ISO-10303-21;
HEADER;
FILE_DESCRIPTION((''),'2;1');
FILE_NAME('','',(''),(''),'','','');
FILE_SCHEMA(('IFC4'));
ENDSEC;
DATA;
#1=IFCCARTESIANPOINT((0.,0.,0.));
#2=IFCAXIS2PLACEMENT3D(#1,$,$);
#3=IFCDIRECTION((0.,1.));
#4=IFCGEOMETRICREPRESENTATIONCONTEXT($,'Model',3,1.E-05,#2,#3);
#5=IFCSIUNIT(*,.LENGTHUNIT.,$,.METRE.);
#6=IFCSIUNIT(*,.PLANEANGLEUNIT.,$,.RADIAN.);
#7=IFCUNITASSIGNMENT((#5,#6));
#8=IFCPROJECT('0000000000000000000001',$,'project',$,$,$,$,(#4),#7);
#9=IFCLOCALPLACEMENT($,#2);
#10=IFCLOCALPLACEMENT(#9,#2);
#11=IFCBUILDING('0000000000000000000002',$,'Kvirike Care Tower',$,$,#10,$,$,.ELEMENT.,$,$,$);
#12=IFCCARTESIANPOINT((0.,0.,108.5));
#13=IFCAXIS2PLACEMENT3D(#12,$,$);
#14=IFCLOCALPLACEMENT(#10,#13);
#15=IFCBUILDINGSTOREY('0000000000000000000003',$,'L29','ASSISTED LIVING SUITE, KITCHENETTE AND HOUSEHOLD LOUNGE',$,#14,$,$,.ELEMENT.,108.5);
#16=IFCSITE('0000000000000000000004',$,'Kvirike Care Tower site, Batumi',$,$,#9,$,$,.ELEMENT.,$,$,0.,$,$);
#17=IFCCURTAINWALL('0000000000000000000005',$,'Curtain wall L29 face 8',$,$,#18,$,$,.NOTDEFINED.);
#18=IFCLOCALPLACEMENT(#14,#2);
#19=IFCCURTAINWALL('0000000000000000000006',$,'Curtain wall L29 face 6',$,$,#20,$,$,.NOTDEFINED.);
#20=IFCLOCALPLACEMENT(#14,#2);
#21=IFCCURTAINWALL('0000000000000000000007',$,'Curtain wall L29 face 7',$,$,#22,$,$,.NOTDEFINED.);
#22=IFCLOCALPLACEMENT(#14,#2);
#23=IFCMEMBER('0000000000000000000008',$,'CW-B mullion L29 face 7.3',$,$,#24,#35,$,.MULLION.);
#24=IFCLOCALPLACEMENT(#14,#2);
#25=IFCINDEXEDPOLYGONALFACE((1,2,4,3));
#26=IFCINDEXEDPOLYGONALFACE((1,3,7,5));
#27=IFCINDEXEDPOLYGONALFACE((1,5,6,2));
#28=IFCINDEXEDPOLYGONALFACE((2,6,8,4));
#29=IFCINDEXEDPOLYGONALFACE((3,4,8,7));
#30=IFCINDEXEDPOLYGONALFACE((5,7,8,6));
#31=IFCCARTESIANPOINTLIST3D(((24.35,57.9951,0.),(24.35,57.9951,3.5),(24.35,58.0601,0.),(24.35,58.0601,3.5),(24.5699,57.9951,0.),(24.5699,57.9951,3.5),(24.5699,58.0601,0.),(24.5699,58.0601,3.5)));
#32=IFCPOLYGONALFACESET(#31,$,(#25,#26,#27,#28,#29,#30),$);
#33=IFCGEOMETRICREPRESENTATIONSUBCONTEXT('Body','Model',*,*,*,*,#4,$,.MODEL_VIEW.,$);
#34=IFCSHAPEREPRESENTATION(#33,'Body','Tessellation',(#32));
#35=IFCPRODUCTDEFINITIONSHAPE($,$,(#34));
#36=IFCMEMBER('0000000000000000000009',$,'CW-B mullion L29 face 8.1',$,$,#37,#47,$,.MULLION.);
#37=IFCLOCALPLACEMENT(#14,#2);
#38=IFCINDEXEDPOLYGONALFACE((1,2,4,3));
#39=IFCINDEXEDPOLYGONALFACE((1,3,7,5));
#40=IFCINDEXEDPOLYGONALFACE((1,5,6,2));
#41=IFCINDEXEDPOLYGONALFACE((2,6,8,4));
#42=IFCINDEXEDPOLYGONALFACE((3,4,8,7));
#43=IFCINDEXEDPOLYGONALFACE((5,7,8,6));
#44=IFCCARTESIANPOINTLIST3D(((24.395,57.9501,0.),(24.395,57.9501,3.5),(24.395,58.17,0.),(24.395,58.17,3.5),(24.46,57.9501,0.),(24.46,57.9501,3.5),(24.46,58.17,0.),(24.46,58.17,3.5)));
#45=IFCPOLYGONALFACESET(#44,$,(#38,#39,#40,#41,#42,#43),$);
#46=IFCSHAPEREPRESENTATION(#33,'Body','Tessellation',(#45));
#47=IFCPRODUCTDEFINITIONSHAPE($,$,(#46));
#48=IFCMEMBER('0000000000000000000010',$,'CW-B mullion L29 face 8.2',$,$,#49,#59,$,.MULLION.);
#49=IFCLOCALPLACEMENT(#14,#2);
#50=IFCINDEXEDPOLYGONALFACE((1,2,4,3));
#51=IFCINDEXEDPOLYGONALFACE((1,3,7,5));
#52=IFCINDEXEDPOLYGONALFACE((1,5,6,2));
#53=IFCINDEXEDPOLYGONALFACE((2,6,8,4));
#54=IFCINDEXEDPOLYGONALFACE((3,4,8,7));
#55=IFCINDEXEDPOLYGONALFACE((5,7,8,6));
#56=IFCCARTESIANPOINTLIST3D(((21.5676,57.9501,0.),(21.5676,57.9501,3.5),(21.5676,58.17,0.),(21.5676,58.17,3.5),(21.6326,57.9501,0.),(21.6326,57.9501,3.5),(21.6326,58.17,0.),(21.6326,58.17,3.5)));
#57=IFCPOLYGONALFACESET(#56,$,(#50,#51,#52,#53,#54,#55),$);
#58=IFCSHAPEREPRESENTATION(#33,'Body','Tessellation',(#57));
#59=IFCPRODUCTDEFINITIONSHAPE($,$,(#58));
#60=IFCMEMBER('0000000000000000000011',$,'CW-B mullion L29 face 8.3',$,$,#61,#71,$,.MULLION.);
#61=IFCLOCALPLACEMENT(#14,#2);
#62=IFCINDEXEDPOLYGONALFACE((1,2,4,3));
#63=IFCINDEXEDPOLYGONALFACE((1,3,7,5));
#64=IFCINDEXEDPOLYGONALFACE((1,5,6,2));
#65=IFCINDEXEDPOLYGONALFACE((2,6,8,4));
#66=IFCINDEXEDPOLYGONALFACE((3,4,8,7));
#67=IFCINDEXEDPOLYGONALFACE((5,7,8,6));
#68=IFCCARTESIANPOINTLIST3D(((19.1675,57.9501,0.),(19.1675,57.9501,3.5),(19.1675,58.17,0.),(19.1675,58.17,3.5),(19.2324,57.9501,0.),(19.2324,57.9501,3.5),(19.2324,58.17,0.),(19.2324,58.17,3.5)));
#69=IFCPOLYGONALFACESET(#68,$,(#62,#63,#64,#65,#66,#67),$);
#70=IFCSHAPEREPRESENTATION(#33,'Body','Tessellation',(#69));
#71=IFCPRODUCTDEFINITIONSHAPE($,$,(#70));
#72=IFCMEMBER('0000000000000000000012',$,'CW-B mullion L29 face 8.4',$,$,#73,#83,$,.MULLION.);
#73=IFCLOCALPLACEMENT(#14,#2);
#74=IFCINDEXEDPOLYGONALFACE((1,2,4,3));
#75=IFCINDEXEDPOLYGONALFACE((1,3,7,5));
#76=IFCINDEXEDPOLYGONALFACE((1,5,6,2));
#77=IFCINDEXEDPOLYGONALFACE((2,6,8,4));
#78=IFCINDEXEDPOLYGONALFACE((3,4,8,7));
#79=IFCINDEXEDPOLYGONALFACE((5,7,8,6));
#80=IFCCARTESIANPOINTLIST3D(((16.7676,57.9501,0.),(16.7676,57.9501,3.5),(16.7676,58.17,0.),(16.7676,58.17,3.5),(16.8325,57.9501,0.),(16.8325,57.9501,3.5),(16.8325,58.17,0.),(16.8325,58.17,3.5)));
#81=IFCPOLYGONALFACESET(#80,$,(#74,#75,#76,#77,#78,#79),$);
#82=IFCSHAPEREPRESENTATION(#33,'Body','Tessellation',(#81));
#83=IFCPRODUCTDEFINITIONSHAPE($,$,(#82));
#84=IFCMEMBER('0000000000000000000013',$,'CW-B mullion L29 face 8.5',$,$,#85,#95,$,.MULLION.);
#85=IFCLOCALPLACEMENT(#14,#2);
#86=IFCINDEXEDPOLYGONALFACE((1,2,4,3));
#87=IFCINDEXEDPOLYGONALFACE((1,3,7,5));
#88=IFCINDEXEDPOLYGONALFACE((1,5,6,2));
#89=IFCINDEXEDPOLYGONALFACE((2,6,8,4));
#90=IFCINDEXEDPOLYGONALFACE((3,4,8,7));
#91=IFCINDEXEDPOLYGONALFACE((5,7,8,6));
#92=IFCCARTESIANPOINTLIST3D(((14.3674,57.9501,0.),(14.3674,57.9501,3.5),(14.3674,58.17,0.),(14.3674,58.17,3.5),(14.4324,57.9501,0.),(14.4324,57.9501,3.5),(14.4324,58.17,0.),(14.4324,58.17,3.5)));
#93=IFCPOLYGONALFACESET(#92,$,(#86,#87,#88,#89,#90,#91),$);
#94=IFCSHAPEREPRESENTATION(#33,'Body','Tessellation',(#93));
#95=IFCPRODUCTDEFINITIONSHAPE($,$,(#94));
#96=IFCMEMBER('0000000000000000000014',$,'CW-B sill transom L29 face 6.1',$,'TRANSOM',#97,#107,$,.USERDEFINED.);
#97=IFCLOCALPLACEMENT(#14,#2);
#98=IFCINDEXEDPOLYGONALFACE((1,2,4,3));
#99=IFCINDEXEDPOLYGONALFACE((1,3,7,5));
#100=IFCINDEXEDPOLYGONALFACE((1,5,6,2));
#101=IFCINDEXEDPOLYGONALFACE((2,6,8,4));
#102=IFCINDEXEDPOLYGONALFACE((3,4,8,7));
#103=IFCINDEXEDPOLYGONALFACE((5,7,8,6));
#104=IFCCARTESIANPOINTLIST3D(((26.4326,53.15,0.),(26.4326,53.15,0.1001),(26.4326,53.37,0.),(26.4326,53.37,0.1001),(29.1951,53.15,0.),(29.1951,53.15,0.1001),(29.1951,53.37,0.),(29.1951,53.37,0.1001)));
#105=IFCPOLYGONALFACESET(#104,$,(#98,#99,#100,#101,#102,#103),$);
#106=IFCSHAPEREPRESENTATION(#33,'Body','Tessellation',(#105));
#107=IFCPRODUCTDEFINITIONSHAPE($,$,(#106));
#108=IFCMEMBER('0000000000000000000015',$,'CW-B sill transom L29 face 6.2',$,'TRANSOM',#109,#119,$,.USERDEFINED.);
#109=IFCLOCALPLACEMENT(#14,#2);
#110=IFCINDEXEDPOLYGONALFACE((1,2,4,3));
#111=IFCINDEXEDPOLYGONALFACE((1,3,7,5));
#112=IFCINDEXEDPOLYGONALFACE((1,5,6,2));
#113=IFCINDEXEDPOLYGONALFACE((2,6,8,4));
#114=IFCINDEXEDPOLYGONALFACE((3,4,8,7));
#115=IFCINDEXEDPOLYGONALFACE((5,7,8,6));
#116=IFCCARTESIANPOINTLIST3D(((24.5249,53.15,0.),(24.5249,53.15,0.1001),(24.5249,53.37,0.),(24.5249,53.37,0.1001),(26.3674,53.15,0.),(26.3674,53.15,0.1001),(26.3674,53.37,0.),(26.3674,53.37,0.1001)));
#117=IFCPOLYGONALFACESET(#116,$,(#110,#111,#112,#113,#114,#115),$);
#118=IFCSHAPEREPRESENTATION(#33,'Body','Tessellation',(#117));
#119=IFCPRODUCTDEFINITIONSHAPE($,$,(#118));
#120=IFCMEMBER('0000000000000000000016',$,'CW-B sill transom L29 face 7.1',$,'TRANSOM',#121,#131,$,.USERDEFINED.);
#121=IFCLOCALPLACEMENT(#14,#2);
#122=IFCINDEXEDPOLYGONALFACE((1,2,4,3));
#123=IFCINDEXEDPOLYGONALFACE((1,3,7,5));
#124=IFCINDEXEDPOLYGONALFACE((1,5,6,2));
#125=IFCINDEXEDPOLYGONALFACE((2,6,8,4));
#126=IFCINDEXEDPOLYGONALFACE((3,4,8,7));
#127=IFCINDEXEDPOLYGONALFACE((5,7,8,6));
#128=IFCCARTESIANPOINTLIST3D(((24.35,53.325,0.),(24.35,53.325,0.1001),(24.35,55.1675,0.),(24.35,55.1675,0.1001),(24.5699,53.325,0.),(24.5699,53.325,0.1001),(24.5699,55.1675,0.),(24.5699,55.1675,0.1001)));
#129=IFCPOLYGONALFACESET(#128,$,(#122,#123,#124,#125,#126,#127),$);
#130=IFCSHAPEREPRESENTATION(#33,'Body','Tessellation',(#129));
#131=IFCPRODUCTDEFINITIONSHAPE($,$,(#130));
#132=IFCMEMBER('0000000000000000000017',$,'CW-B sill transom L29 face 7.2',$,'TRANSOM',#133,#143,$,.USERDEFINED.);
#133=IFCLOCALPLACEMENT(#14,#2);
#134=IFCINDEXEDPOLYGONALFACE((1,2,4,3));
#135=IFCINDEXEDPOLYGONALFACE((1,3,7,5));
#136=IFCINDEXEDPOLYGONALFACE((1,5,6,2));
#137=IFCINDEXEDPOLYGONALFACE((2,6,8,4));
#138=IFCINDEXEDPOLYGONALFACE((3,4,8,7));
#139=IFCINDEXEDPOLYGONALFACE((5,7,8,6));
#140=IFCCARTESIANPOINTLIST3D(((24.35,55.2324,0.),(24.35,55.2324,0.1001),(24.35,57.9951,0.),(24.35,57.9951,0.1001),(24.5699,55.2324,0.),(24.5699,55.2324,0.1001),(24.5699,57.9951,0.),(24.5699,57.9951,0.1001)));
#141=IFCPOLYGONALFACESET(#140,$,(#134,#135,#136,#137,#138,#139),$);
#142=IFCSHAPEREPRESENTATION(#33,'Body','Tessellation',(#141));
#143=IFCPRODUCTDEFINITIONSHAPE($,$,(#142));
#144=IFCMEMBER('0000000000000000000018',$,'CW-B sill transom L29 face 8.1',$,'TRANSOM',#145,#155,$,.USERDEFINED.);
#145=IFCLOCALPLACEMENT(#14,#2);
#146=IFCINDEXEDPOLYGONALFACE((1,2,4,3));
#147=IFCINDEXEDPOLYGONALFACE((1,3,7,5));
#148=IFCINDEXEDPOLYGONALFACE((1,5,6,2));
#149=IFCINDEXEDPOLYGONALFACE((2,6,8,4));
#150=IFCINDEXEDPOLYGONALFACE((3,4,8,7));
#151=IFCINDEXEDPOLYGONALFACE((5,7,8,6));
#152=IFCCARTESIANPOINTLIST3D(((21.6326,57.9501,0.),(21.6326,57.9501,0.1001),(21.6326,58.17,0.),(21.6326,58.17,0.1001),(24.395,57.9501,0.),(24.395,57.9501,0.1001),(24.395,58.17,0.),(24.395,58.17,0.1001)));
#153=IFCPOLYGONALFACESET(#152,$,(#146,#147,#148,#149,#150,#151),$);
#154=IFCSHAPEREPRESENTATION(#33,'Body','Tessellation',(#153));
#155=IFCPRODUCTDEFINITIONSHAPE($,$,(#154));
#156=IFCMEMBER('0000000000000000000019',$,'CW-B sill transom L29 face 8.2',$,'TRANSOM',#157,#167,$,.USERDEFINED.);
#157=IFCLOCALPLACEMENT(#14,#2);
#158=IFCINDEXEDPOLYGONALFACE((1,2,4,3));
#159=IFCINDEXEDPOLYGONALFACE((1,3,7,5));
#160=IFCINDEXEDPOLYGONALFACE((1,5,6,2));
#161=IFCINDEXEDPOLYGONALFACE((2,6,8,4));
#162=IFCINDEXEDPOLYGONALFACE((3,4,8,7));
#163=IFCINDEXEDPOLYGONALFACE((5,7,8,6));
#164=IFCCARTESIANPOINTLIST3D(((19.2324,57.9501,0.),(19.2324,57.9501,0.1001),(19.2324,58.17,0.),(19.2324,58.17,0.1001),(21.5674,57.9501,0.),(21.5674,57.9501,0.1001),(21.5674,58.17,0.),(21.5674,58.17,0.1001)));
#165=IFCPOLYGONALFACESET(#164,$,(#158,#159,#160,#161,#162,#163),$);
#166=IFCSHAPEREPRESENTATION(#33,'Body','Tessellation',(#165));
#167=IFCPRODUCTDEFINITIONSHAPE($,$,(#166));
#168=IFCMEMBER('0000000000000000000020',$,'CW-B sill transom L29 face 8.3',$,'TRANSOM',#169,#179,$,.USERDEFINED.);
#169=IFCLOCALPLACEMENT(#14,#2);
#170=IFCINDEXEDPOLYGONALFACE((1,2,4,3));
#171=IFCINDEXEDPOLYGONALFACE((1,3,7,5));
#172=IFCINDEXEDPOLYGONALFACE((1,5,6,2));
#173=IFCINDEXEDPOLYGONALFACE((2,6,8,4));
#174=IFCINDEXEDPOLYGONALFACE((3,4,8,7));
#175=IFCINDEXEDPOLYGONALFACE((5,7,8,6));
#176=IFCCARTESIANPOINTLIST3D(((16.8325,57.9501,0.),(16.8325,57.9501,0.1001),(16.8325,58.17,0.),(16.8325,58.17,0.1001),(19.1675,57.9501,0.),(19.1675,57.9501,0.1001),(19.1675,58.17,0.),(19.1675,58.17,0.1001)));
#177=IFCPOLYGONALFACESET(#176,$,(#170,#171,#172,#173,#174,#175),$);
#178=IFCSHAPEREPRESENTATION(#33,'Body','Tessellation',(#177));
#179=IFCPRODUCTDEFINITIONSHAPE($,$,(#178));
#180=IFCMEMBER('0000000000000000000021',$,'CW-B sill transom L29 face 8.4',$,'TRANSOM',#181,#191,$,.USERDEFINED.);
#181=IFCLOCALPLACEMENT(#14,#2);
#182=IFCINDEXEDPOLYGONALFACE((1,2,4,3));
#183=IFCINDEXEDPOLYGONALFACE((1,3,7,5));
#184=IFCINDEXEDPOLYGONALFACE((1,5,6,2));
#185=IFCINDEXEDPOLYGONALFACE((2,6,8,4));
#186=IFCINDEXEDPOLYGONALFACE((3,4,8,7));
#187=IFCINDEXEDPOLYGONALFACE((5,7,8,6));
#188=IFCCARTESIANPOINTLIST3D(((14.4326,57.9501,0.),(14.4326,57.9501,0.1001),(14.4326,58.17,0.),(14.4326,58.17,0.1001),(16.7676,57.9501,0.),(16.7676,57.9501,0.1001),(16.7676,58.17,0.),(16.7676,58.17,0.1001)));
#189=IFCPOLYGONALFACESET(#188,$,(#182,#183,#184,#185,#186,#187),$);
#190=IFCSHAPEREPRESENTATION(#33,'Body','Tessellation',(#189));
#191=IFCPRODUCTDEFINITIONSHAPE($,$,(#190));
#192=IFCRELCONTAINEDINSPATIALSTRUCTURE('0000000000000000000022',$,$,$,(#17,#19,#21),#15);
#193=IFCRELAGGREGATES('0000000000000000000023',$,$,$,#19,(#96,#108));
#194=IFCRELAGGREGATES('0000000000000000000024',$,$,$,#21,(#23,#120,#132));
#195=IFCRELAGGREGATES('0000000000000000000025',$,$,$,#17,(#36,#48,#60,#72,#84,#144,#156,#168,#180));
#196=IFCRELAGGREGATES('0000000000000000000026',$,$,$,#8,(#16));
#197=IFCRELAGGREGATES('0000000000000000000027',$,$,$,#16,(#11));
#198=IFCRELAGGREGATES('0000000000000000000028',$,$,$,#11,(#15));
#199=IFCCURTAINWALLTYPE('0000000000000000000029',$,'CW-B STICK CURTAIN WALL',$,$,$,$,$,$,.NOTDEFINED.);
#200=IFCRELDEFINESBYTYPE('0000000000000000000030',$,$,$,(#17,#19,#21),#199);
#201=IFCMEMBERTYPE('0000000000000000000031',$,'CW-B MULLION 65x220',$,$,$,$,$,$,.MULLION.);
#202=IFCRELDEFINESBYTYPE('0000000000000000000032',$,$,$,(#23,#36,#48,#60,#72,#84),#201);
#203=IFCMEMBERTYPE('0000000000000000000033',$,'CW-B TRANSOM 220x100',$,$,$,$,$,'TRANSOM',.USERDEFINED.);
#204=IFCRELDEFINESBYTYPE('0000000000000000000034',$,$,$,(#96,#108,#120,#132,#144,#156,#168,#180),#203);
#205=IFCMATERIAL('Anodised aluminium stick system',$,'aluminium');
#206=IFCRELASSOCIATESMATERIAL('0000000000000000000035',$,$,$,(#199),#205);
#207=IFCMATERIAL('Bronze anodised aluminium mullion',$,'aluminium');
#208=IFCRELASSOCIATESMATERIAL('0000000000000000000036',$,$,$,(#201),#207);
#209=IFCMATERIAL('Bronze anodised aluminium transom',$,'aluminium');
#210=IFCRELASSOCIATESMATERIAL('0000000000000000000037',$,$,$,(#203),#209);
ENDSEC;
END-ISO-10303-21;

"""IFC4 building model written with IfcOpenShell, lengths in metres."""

from ifc_helpers import new_model, si_unit, direction, frame, origin, origin_2d, place, context, subcontext, project, spatial, rectangle, extrude, material, material_profile, profile_set, type_object, element, aggregate, save


model = new_model("IFC4")

# Units and contexts
model_context = context("Model", 3, precision=1e-05, world=origin(), true_north=direction((0.0, 1.0)))
body_context = subcontext(model_context, "Body", "Model", "MODEL_VIEW")
ifc_project = project(units=[si_unit("LENGTHUNIT", "METRE"), si_unit("PLANEANGLEUNIT", "RADIAN")], contexts=[model_context])

# Site, building, storey
site_placement = place(None, origin())
site = spatial("IfcSite", under=ifc_project, at=site_placement, Name="Kvirike Care Tower site, Batumi", CompositionType="ELEMENT", RefElevation=0.0)
building_placement = place(site_placement, origin())
building = spatial("IfcBuilding", under=site, at=building_placement, Name="Kvirike Care Tower", CompositionType="ELEMENT")
storey_placement = place(building_placement, frame((0.0, 0.0, 108.5)))
storey = spatial("IfcBuildingStorey", under=building, at=storey_placement, Name="L29", Description="ASSISTED LIVING SUITE, KITCHENETTE AND HOUSEHOLD LOUNGE", CompositionType="ELEMENT", Elevation=108.5)

# Curtain wall
ifc_material_1 = material(Name="Anodised aluminium stick system", Category="aluminium")
curtain_wall_type = type_object("IfcCurtainWallType", Name="CW-B STICK CURTAIN WALL", PredefinedType="NOTDEFINED", material=ifc_material_1)
curtain_wall_1_placement = place(storey_placement, origin())
curtain_wall_1 = element("IfcCurtainWall", 1, at=curtain_wall_1_placement, inside=storey, type_object=curtain_wall_type, Name="Curtain wall L29 face 8", PredefinedType="NOTDEFINED")

# Curtain walls, member
curtain_wall_2_placement = place(storey_placement, origin())
curtain_wall_2 = element("IfcCurtainWall", 2, at=curtain_wall_2_placement, inside=storey, type_object=curtain_wall_type, Name="Curtain wall L29 face 6", PredefinedType="NOTDEFINED")
ifc_material_2 = material(Name="Bronze anodised aluminium mullion", Category="aluminium")
ifc_material_profile_1 = material_profile(ifc_material_2, rectangle(XDim=0.0649, YDim=0.22, at=origin_2d()), Name="CW-B MULLION 65x220")
ifc_profile_set_1 = profile_set([ifc_material_profile_1], Name="Bronze anodised aluminium mullion")
member_type_1 = type_object("IfcMemberType", Name="CW-B MULLION 65x220", PredefinedType="MULLION", material=ifc_profile_set_1)
curtain_wall_3_placement = place(storey_placement, origin())
curtain_wall_3 = element("IfcCurtainWall", 3, at=curtain_wall_3_placement, inside=storey, type_object=curtain_wall_type, Name="Curtain wall L29 face 7", PredefinedType="NOTDEFINED")
member_1_placement = place(storey_placement, frame((24.46, 58.0276, 0.0), z_axis=(0.0, 0.0, 1.0), x_axis=(0.0, 1.0, 0.0)))
member_1 = element("IfcMember", 4, at=member_1_placement, type_object=member_type_1, Name="CW-B mullion L29 face 7.3", PredefinedType="MULLION", context=body_context, shape_type="SweptSolid", body=[
    extrude(rectangle(XDim=0.0649, YDim=0.22, at=origin_2d()), origin(), (0.0, 0.0, 1.0), 3.5),
])

# Members
member_2_placement = place(storey_placement, frame((24.4275, 58.0601, 0.0), z_axis=(0.0, 0.0, 1.0), x_axis=(-1.0, 0.0, 0.0)))
member_2 = element("IfcMember", 5, at=member_2_placement, type_object=member_type_1, Name="CW-B mullion L29 face 8.1", PredefinedType="MULLION", context=body_context, shape_type="SweptSolid", body=[
    extrude(rectangle(XDim=0.0649, YDim=0.22, at=origin_2d()), origin(), (0.0, 0.0, 1.0), 3.5),
])
member_3_placement = place(storey_placement, frame((21.6001, 58.0601, 0.0), z_axis=(0.0, 0.0, 1.0), x_axis=(-1.0, 0.0, 0.0)))
member_3 = element("IfcMember", 6, at=member_3_placement, type_object=member_type_1, Name="CW-B mullion L29 face 8.2", PredefinedType="MULLION", context=body_context, shape_type="SweptSolid", body=[
    extrude(rectangle(XDim=0.0649, YDim=0.22, at=origin_2d()), origin(), (0.0, 0.0, 1.0), 3.5),
])
member_4_placement = place(storey_placement, frame((19.2, 58.0601, 0.0), z_axis=(0.0, 0.0, 1.0), x_axis=(-1.0, 0.0, 0.0)))
member_4 = element("IfcMember", 7, at=member_4_placement, type_object=member_type_1, Name="CW-B mullion L29 face 8.3", PredefinedType="MULLION", context=body_context, shape_type="SweptSolid", body=[
    extrude(rectangle(XDim=0.0649, YDim=0.22, at=origin_2d()), origin(), (0.0, 0.0, 1.0), 3.5),
])
member_5_placement = place(storey_placement, frame((16.8, 58.0601, 0.0), z_axis=(0.0, 0.0, 1.0), x_axis=(-1.0, 0.0, 0.0)))
member_5 = element("IfcMember", 8, at=member_5_placement, type_object=member_type_1, Name="CW-B mullion L29 face 8.4", PredefinedType="MULLION", context=body_context, shape_type="SweptSolid", body=[
    extrude(rectangle(XDim=0.0649, YDim=0.22, at=origin_2d()), origin(), (0.0, 0.0, 1.0), 3.5),
])
member_6_placement = place(storey_placement, frame((14.3999, 58.0601, 0.0), z_axis=(0.0, 0.0, 1.0), x_axis=(-1.0, 0.0, 0.0)))
member_6 = element("IfcMember", 9, at=member_6_placement, type_object=member_type_1, Name="CW-B mullion L29 face 8.5", PredefinedType="MULLION", context=body_context, shape_type="SweptSolid", body=[
    extrude(rectangle(XDim=0.0649, YDim=0.22, at=origin_2d()), origin(), (0.0, 0.0, 1.0), 3.5),
])
ifc_material_3 = material(Name="Bronze anodised aluminium transom", Category="aluminium")
ifc_material_profile_2 = material_profile(ifc_material_3, rectangle(XDim=0.22, YDim=0.1001, at=origin_2d()), Name="CW-B TRANSOM 220x100")
ifc_profile_set_2 = profile_set([ifc_material_profile_2], Name="Bronze anodised aluminium transom")
member_type_2 = type_object("IfcMemberType", Name="CW-B TRANSOM 220x100", ElementType="TRANSOM", PredefinedType="USERDEFINED", material=ifc_profile_set_2)
member_7_placement = place(storey_placement, frame((29.1951, 53.26, 0.05), z_axis=(-1.0, 0.0, 0.0), x_axis=(0.0, -1.0, 0.0)))
member_7 = element("IfcMember", 10, at=member_7_placement, type_object=member_type_2, Name="CW-B sill transom L29 face 6.1", ObjectType="TRANSOM", PredefinedType="USERDEFINED", context=body_context, shape_type="SweptSolid", body=[
    extrude(rectangle(XDim=0.22, YDim=0.1001, at=origin_2d()), origin(), (0.0, 0.0, 1.0), 2.7625),
])
member_8_placement = place(storey_placement, frame((26.3674, 53.26, 0.05), z_axis=(-1.0, 0.0, 0.0), x_axis=(0.0, -1.0, 0.0)))
member_8 = element("IfcMember", 11, at=member_8_placement, type_object=member_type_2, Name="CW-B sill transom L29 face 6.2", ObjectType="TRANSOM", PredefinedType="USERDEFINED", context=body_context, shape_type="SweptSolid", body=[
    extrude(rectangle(XDim=0.22, YDim=0.1001, at=origin_2d()), origin(), (0.0, 0.0, 1.0), 1.8425),
])
member_9_placement = place(storey_placement, frame((24.46, 53.325, 0.05), z_axis=(0.0, 1.0, 0.0), x_axis=(-1.0, 0.0, 0.0)))
member_9 = element("IfcMember", 12, at=member_9_placement, type_object=member_type_2, Name="CW-B sill transom L29 face 7.1", ObjectType="TRANSOM", PredefinedType="USERDEFINED", context=body_context, shape_type="SweptSolid", body=[
    extrude(rectangle(XDim=0.22, YDim=0.1001, at=origin_2d()), origin(), (0.0, 0.0, 1.0), 1.8425),
])
member_10_placement = place(storey_placement, frame((24.46, 55.2324, 0.05), z_axis=(0.0, 1.0, 0.0), x_axis=(-1.0, 0.0, 0.0)))
member_10 = element("IfcMember", 13, at=member_10_placement, type_object=member_type_2, Name="CW-B sill transom L29 face 7.2", ObjectType="TRANSOM", PredefinedType="USERDEFINED", context=body_context, shape_type="SweptSolid", body=[
    extrude(rectangle(XDim=0.22, YDim=0.1001, at=origin_2d()), origin(), (0.0, 0.0, 1.0), 2.7627),
])
member_11_placement = place(storey_placement, frame((24.395, 58.0601, 0.05), z_axis=(-1.0, 0.0, 0.0), x_axis=(0.0, -1.0, 0.0)))
member_11 = element("IfcMember", 14, at=member_11_placement, type_object=member_type_2, Name="CW-B sill transom L29 face 8.1", ObjectType="TRANSOM", PredefinedType="USERDEFINED", context=body_context, shape_type="SweptSolid", body=[
    extrude(rectangle(XDim=0.22, YDim=0.1001, at=origin_2d()), origin(), (0.0, 0.0, 1.0), 2.7625),
])
member_12_placement = place(storey_placement, frame((21.5674, 58.0601, 0.05), z_axis=(-1.0, 0.0, 0.0), x_axis=(0.0, -1.0, 0.0)))
member_12 = element("IfcMember", 15, at=member_12_placement, type_object=member_type_2, Name="CW-B sill transom L29 face 8.2", ObjectType="TRANSOM", PredefinedType="USERDEFINED", context=body_context, shape_type="SweptSolid", body=[
    extrude(rectangle(XDim=0.22, YDim=0.1001, at=origin_2d()), origin(), (0.0, 0.0, 1.0), 2.335),
])
member_13_placement = place(storey_placement, frame((19.1675, 58.0601, 0.05), z_axis=(-1.0, 0.0, 0.0), x_axis=(0.0, -1.0, 0.0)))
member_13 = element("IfcMember", 16, at=member_13_placement, type_object=member_type_2, Name="CW-B sill transom L29 face 8.3", ObjectType="TRANSOM", PredefinedType="USERDEFINED", context=body_context, shape_type="SweptSolid", body=[
    extrude(rectangle(XDim=0.22, YDim=0.1001, at=origin_2d()), origin(), (0.0, 0.0, 1.0), 2.335),
])
member_14_placement = place(storey_placement, frame((16.7676, 58.0601, 0.05), z_axis=(-1.0, 0.0, 0.0), x_axis=(0.0, -1.0, 0.0)))
member_14 = element("IfcMember", 17, at=member_14_placement, type_object=member_type_2, Name="CW-B sill transom L29 face 8.4", ObjectType="TRANSOM", PredefinedType="USERDEFINED", context=body_context, shape_type="SweptSolid", body=[
    extrude(rectangle(XDim=0.22, YDim=0.1001, at=origin_2d()), origin(), (0.0, 0.0, 1.0), 2.335),
])

aggregate(curtain_wall_2, [member_7, member_8])
aggregate(curtain_wall_3, [member_1, member_9, member_10])
aggregate(curtain_wall_1, [member_2, member_3, member_4, member_5, member_6, member_11, member_12, member_13, member_14])

save(model, "model.ifc")
